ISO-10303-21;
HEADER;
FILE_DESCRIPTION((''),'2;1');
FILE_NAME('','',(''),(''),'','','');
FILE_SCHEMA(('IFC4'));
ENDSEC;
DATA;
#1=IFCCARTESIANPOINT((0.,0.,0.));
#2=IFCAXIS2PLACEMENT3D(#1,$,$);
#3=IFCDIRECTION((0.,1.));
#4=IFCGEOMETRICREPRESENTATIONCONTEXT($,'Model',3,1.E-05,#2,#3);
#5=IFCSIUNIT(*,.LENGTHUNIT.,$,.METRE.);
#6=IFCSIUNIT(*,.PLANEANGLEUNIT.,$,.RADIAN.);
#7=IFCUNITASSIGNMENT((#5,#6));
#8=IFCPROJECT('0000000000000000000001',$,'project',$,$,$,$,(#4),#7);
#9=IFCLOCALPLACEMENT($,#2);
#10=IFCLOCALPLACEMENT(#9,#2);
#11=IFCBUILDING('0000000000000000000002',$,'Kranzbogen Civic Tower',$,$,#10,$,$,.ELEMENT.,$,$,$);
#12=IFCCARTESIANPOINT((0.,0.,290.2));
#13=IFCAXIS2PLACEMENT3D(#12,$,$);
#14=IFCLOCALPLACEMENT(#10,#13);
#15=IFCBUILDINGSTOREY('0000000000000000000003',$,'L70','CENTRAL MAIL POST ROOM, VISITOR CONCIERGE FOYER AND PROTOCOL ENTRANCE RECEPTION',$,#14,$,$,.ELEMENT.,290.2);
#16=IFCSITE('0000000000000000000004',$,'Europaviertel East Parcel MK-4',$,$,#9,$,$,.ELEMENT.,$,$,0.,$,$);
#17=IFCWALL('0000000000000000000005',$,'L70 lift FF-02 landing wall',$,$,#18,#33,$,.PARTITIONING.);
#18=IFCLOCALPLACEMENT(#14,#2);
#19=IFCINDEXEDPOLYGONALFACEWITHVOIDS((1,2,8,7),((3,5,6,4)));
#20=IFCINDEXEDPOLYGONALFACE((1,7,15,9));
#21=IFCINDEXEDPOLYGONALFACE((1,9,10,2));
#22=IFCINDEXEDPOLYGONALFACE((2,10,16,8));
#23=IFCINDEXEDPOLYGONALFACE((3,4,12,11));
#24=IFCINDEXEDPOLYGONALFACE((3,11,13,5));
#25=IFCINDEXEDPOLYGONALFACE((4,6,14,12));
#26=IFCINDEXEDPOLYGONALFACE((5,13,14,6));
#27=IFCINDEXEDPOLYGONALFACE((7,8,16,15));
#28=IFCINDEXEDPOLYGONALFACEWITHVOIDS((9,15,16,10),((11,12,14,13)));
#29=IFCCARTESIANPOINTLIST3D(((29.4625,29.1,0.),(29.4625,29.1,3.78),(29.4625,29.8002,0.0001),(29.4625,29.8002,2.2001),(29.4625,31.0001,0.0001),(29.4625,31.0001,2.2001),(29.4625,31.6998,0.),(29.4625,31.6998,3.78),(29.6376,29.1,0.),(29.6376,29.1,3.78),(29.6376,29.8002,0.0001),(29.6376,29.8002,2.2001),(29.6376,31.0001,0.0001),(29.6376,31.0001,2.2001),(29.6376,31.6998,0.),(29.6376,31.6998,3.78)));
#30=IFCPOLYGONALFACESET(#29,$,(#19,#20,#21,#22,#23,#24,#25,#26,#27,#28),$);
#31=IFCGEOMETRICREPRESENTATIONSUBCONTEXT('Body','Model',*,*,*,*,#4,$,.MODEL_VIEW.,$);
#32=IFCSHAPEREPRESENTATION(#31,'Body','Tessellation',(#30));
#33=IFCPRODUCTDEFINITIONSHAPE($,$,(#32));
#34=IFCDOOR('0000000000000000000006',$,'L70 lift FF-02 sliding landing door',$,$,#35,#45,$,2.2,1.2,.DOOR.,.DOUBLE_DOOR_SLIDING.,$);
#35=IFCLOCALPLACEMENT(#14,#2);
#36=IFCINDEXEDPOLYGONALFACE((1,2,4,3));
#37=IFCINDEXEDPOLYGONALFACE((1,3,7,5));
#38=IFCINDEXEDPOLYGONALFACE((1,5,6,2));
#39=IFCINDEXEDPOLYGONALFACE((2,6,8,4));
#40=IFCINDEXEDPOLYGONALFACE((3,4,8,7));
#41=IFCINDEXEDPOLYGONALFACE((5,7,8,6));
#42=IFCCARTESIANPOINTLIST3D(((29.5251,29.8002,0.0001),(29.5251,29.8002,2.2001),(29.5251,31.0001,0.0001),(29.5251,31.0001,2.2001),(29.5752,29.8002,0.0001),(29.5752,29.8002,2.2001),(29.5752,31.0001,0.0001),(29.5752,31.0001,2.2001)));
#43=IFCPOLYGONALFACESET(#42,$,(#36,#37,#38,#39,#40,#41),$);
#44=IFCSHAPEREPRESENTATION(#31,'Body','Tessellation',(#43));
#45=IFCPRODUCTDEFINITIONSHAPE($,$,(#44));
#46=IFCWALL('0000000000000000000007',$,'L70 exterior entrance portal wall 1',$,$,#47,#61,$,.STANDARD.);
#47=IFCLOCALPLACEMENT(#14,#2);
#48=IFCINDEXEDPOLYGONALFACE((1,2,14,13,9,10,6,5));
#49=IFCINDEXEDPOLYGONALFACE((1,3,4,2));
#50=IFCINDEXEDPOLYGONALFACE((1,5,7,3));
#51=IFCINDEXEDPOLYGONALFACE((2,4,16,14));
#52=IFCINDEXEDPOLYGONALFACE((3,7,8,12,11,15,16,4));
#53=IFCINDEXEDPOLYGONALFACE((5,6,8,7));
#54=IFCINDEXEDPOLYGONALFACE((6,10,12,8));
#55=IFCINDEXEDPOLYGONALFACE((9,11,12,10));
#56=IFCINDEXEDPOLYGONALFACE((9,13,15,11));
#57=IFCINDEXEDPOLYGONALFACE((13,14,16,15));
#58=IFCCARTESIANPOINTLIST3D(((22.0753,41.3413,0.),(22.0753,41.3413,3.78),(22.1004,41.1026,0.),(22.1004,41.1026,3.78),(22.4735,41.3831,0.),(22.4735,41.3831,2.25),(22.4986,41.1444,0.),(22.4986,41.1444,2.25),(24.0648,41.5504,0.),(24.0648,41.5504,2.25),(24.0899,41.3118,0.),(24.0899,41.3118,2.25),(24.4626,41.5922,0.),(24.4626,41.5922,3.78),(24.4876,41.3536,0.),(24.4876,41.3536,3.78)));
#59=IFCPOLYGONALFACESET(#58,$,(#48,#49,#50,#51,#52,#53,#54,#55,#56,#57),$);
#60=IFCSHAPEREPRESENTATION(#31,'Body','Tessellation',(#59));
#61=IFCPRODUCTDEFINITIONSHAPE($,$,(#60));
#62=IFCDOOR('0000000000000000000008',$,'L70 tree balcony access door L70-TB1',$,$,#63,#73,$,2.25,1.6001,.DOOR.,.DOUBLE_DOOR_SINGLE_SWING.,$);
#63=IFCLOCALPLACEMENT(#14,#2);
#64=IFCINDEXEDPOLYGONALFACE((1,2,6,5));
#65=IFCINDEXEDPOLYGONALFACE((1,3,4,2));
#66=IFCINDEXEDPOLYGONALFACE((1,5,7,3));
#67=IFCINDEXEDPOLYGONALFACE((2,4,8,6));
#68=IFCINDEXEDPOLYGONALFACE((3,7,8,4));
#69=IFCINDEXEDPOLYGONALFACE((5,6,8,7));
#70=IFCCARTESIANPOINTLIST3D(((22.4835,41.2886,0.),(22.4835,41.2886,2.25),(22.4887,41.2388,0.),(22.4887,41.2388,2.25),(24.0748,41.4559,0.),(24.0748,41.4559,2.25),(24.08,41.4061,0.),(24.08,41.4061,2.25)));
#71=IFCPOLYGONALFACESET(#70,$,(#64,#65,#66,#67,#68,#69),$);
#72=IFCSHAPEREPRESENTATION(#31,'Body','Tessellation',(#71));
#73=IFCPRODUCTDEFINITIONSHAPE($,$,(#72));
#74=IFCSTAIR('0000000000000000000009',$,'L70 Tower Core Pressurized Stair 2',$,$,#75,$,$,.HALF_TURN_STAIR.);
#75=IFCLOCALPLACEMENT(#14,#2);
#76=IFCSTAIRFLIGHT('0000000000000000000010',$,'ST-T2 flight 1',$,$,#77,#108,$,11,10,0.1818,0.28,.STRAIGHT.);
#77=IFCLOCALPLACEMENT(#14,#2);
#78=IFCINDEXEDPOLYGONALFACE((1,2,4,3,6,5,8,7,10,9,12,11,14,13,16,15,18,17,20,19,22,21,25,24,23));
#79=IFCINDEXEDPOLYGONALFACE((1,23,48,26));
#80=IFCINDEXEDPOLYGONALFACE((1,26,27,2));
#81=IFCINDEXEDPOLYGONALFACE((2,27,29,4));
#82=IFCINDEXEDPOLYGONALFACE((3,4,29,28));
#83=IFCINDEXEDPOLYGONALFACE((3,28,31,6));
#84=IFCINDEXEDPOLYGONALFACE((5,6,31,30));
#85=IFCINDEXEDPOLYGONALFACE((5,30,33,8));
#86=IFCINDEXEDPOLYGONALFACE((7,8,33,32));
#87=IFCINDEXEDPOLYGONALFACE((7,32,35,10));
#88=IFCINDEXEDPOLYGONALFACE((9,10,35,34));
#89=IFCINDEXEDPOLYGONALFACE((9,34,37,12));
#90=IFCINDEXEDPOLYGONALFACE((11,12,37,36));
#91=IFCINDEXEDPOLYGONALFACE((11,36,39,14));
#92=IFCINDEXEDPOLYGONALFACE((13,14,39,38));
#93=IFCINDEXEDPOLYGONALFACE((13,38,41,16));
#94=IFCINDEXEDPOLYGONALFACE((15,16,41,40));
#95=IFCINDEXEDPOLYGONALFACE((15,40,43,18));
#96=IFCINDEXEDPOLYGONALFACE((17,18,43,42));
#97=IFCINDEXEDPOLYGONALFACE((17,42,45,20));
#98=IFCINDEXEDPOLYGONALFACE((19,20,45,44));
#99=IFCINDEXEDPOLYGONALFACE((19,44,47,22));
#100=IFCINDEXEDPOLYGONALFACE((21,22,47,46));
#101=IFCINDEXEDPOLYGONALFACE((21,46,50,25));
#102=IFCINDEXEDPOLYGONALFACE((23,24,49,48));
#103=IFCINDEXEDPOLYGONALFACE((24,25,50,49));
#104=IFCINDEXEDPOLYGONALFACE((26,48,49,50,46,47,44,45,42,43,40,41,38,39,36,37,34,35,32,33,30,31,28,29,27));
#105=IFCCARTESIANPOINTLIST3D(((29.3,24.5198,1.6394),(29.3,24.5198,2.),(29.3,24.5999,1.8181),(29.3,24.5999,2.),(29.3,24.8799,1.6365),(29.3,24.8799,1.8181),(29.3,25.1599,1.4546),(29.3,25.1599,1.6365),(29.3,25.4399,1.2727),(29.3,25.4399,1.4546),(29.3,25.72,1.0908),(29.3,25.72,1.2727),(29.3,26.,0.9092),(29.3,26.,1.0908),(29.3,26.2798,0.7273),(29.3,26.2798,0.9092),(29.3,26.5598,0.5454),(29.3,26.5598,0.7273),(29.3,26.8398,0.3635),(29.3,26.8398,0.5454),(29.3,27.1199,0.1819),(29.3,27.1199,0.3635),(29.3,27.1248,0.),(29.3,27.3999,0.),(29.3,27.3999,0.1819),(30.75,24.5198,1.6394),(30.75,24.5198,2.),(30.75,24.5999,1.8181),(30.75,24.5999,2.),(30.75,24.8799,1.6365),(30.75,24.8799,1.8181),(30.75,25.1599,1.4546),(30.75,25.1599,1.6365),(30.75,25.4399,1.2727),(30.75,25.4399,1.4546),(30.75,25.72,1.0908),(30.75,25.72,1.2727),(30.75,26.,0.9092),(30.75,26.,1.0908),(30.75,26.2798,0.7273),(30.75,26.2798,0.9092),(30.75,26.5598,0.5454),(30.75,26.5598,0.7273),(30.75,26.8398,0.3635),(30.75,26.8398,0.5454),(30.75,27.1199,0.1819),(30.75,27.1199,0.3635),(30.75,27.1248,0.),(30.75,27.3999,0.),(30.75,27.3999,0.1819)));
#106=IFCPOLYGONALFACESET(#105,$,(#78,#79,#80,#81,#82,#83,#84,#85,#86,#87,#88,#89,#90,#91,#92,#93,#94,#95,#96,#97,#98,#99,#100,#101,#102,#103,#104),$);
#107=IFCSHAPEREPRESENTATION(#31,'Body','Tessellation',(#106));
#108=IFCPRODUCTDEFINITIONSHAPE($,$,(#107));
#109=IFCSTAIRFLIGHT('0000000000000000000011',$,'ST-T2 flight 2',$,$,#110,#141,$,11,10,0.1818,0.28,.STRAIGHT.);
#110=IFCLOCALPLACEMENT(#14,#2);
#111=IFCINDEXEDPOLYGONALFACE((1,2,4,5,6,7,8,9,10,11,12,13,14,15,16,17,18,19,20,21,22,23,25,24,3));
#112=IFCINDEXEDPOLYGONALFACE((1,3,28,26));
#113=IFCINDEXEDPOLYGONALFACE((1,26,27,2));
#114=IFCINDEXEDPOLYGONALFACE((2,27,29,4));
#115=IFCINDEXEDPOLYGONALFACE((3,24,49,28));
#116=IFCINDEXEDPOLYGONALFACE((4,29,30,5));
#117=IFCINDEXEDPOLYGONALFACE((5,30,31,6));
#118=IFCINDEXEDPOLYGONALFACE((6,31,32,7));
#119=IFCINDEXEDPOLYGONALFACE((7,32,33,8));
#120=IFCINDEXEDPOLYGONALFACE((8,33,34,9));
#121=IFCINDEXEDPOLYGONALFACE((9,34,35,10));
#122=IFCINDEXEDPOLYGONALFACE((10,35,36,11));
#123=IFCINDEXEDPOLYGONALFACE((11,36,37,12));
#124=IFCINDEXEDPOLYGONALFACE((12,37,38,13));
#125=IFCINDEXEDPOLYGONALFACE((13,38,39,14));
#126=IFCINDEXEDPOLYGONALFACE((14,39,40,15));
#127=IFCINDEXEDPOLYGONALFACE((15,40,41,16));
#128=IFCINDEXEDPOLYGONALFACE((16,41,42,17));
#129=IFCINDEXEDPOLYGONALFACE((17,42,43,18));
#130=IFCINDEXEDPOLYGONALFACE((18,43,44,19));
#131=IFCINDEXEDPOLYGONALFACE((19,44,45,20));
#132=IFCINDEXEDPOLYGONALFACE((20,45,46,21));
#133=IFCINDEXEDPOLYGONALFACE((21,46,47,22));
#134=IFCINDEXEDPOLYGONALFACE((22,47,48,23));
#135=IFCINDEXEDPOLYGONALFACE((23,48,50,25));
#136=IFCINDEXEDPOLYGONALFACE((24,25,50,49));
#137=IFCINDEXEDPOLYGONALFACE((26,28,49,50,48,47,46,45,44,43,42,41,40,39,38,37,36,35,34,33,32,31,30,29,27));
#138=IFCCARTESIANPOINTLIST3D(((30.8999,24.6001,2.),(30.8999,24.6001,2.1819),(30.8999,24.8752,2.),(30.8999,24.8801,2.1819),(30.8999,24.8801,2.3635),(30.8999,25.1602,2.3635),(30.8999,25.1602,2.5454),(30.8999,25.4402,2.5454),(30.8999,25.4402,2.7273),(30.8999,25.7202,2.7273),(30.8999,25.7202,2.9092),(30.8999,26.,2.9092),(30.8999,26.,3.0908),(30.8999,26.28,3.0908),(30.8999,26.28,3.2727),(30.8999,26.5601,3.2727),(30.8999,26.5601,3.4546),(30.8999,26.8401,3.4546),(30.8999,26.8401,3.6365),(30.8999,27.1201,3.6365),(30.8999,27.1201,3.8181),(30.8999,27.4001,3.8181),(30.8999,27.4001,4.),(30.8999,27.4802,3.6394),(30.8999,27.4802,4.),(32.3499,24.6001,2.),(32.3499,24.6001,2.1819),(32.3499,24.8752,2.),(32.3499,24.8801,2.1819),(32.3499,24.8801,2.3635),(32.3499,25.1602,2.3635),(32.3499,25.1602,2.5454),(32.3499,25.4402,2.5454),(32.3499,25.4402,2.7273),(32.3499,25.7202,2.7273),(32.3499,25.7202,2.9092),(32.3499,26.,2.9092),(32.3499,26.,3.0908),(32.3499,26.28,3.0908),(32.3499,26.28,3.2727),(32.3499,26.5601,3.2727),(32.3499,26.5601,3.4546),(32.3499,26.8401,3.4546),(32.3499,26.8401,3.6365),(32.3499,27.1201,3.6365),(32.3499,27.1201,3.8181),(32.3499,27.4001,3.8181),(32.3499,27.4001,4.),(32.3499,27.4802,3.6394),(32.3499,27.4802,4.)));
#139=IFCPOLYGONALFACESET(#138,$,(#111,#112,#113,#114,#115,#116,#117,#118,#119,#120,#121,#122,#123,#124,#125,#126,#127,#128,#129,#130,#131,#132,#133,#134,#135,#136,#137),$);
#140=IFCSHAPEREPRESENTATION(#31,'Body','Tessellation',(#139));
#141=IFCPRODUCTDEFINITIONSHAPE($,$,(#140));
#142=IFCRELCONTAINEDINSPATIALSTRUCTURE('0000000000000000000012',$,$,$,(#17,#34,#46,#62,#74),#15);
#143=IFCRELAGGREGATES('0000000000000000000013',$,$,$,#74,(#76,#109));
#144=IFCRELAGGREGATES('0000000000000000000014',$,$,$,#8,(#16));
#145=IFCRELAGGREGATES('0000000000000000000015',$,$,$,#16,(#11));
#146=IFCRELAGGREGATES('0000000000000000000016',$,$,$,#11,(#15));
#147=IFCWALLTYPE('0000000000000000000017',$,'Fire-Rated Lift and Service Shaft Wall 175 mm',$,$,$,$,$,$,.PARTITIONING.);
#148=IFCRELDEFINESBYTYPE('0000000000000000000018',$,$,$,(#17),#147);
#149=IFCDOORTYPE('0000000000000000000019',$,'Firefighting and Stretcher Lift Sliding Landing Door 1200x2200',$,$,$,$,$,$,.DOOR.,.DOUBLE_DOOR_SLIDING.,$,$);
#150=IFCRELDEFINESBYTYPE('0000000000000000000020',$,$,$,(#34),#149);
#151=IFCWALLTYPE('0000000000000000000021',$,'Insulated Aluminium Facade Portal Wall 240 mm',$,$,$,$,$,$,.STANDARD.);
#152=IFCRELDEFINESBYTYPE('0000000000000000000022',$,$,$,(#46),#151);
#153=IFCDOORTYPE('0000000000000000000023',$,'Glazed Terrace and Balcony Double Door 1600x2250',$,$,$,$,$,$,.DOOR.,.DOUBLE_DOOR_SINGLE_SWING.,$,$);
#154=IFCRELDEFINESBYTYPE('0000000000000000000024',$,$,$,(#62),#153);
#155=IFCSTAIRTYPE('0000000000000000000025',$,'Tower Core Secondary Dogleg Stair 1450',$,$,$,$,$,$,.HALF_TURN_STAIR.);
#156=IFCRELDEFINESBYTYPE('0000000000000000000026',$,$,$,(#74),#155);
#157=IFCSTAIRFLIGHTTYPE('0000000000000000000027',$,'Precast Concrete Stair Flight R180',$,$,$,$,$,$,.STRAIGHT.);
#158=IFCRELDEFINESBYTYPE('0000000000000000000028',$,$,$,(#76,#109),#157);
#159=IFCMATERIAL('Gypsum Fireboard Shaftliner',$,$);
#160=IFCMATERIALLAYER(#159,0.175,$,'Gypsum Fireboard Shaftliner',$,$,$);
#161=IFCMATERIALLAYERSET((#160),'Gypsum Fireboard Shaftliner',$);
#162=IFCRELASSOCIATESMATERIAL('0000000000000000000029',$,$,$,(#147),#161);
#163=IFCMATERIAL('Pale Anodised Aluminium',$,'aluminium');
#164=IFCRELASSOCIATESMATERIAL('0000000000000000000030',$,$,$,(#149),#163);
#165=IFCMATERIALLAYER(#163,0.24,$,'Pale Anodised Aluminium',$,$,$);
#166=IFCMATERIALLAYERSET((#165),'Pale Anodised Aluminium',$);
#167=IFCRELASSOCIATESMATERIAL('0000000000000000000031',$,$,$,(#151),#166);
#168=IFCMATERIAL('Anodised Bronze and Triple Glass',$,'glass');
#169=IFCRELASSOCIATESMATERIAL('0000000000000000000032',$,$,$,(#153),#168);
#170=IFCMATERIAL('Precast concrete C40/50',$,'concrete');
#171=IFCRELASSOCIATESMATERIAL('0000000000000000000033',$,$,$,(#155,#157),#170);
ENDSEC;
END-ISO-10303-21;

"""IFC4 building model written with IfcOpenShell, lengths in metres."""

from ifc_helpers import new_model, si_unit, direction, frame, frame_2d, origin, place, context, subcontext, project, spatial, polyline, rectangle, outline, extrude, material, layer, layer_set, type_object, element, fill, aggregate, save


model = new_model("IFC4")

# Units and contexts
model_context = context("Model", 3, precision=1e-05, world=origin(), true_north=direction((0.0, 1.0)))
body_context = subcontext(model_context, "Body", "Model", "MODEL_VIEW")
ifc_project = project(units=[si_unit("LENGTHUNIT", "METRE"), si_unit("PLANEANGLEUNIT", "RADIAN")], contexts=[model_context])

# Site, building, storey
site_placement = place(None, origin())
site = spatial("IfcSite", under=ifc_project, at=site_placement, Name="Europaviertel East Parcel MK-4", CompositionType="ELEMENT", RefElevation=0.0)
building_placement = place(site_placement, origin())
building = spatial("IfcBuilding", under=site, at=building_placement, Name="Kranzbogen Civic Tower", CompositionType="ELEMENT")
storey_placement = place(building_placement, frame((0.0, 0.0, 290.2)))
storey = spatial("IfcBuildingStorey", under=building, at=storey_placement, Name="L70", Description="CENTRAL MAIL POST ROOM, VISITOR CONCIERGE FOYER AND PROTOCOL ENTRANCE RECEPTION", CompositionType="ELEMENT", Elevation=290.2)

# Shared definitions
ifc_material_1 = material(Name="Pale Anodised Aluminium", Category="aluminium")

# Shared definitions
ifc_material_2 = material(Name="Gypsum Fireboard Shaftliner")
ifc_layer_1 = layer(ifc_material_2, 0.175, Name="Gypsum Fireboard Shaftliner")
ifc_layer_set_1 = layer_set([ifc_layer_1], Name="Gypsum Fireboard Shaftliner")
wall_type_1 = type_object("IfcWallType", Name="Fire-Rated Lift and Service Shaft Wall 175 mm", PredefinedType="PARTITIONING", material=ifc_layer_set_1)

# Walls, openings, doors
wall_1_placement = place(storey_placement, frame((29.55, 29.1001, 0.0), z_axis=(0.0, 0.0, 1.0), x_axis=(0.0, 1.0, 0.0)))
wall_1 = element("IfcWall", 1, at=wall_1_placement, inside=storey, type_object=wall_type_1, Name="L70 lift FF-02 landing wall", PredefinedType="PARTITIONING", context=body_context, shape_type="SweptSolid", body=[
    extrude(rectangle(XDim=2.5999, YDim=0.175, at=frame_2d((1.2998, 0.0))), origin(), (0.0, 0.0, 1.0), 3.78),
])
opening_1_placement = place(wall_1_placement, frame((0.7, 0.0, 0.0)))
opening_1 = element("IfcOpeningElement", 2, at=opening_1_placement, cuts=wall_1, PredefinedType="OPENING", context=body_context, shape_type="SweptSolid", body=[
    extrude(rectangle(XDim=1.2, YDim=2.2, at=frame_2d((0.6001, 1.1001))), frame((0.0, 0.0977, 0.0), z_axis=(0.0, -1.0, 0.0), x_axis=(1.0, 0.0, 0.0)), (0.0, 0.0, 1.0), 0.1951),
])
door_type_1 = type_object("IfcDoorType", Name="Firefighting and Stretcher Lift Sliding Landing Door 1200x2200", OperationType="DOUBLE_DOOR_SLIDING", PredefinedType="DOOR", material=ifc_material_1)
door_1_placement = place(opening_1_placement, origin())
door_1 = element("IfcDoor", 3, at=door_1_placement, inside=storey, type_object=door_type_1, Name="L70 lift FF-02 sliding landing door", OperationType="DOUBLE_DOOR_SLIDING", OverallHeight=2.2, OverallWidth=1.2, PredefinedType="DOOR", context=body_context, shape_type="SweptSolid", body=[
    extrude(rectangle(XDim=1.2, YDim=2.2, at=frame_2d((0.6001, 1.1001))), frame((0.0, 0.0249, 0.0), z_axis=(0.0, -1.0, 0.0), x_axis=(1.0, 0.0, 0.0)), (0.0, 0.0, 1.0), 0.05),
])
fill(opening_1, door_1)
ifc_layer_2 = layer(ifc_material_1, 0.24, Name="Pale Anodised Aluminium")
ifc_layer_set_2 = layer_set([ifc_layer_2], Name="Pale Anodised Aluminium")
wall_type_2 = type_object("IfcWallType", Name="Insulated Aluminium Facade Portal Wall 240 mm", PredefinedType="STANDARD", material=ifc_layer_set_2)
wall_2_placement = place(storey_placement, frame((24.4751, 41.4729, 0.0), z_axis=(0.0, 0.0, 1.0), x_axis=(-0.994519, -0.104558, 0.0)))
wall_2 = element("IfcWall", 4, at=wall_2_placement, inside=storey, type_object=wall_type_2, Name="L70 exterior entrance portal wall 1", PredefinedType="STANDARD", context=body_context, shape_type="SweptSolid", body=[
    extrude(rectangle(XDim=2.4004, YDim=0.24, at=frame_2d((1.2002, 0.0))), origin(), (0.0, 0.0, 1.0), 3.78),
])
opening_2_placement = place(wall_2_placement, frame((0.3999, 0.0, 0.0)))
opening_2 = element("IfcOpeningElement", 5, at=opening_2_placement, cuts=wall_2, PredefinedType="OPENING", context=body_context, shape_type="SweptSolid", body=[
    extrude(rectangle(XDim=1.6001, YDim=2.25, at=frame_2d((0.8, 1.125))), frame((0.0, 0.1299, 0.0), z_axis=(0.0, -1.0, 0.0), x_axis=(1.0, 0.0, 0.0)), (0.0, 0.0, 1.0), 0.26),
])
ifc_material_3 = material(Name="Anodised Bronze and Triple Glass", Category="glass")
door_type_2 = type_object("IfcDoorType", Name="Glazed Terrace and Balcony Double Door 1600x2250", OperationType="DOUBLE_DOOR_SINGLE_SWING", PredefinedType="DOOR", material=ifc_material_3)
door_2_placement = place(opening_2_placement, frame((1.6001, 0.0, 0.0), z_axis=(0.0, 0.0, 1.0), x_axis=(-1.0, 0.0, 0.0)))
door_2 = element("IfcDoor", 6, at=door_2_placement, inside=storey, type_object=door_type_2, Name="L70 tree balcony access door L70-TB1", OperationType="DOUBLE_DOOR_SINGLE_SWING", OverallHeight=2.25, OverallWidth=1.6001, PredefinedType="DOOR", context=body_context, shape_type="SweptSolid", body=[
    extrude(rectangle(XDim=1.6001, YDim=2.25, at=frame_2d((0.8, 1.125))), frame((0.0, 0.0249, 0.0), z_axis=(0.0, -1.0, 0.0), x_axis=(1.0, 0.0, 0.0)), (0.0, 0.0, 1.0), 0.05),
])
fill(opening_2, door_2)

# Stair, stair flights
ifc_material_4 = material(Name="Precast concrete C40/50", Category="concrete")
stair_type = type_object("IfcStairType", Name="Tower Core Secondary Dogleg Stair 1450", PredefinedType="HALF_TURN_STAIR", material=ifc_material_4)
stair_placement = place(storey_placement, origin())
stair = element("IfcStair", 7, at=stair_placement, inside=storey, type_object=stair_type, Name="L70 Tower Core Pressurized Stair 2", PredefinedType="HALF_TURN_STAIR")
stair_flight_type = type_object("IfcStairFlightType", Name="Precast Concrete Stair Flight R180", PredefinedType="STRAIGHT", material=ifc_material_4)
stair_flight_1_placement = place(storey_placement, frame((30.0249, 27.3999, 0.0), z_axis=(0.0, 0.0, 1.0), x_axis=(0.0, -1.0, 0.0)))
stair_flight_1 = element("IfcStairFlight", 8, at=stair_flight_1_placement, type_object=stair_flight_type, Name="ST-T2 flight 1", NumberOfRisers=11, NumberOfTreads=10, PredefinedType="STRAIGHT", RiserHeight=0.1818, TreadLength=0.28, context=body_context, shape_type="SweptSolid", body=[
    extrude(outline(polyline([(0.0, 0.0), (0.0, 0.1819), (0.28, 0.1819), (0.28, 0.3635), (0.5601, 0.3635), (0.5601, 0.5454), (0.8401, 0.5454), (0.8401, 0.7273), (1.1201, 0.7273), (1.1201, 0.9092), (1.3999, 0.9092), (1.3999, 1.0908), (1.6799, 1.0908), (1.6799, 1.2727), (1.96, 1.2727), (1.96, 1.4546), (2.24, 1.4546), (2.24, 1.6365), (2.52, 1.6365), (2.52, 1.8181), (2.8, 1.8181), (2.8, 2.0), (2.8801, 2.0), (2.8801, 1.6394), (0.2751, 0.0), (0.0, 0.0)])), frame((0.0, 0.7251, 0.0), z_axis=(0.0, -1.0, 0.0), x_axis=(1.0, 0.0, 0.0)), (0.0, 0.0, 1.0), 1.45),
])
stair_flight_2_placement = place(storey_placement, frame((31.625, 24.6001, 2.0), z_axis=(0.0, 0.0, 1.0), x_axis=(0.0, 1.0, 0.0)))
stair_flight_2 = element("IfcStairFlight", 9, at=stair_flight_2_placement, type_object=stair_flight_type, Name="ST-T2 flight 2", NumberOfRisers=11, NumberOfTreads=10, PredefinedType="STRAIGHT", RiserHeight=0.1818, TreadLength=0.28, context=body_context, shape_type="SweptSolid", body=[
    extrude(outline(polyline([(0.0, 0.0), (0.0, 0.1819), (0.28, 0.1819), (0.28, 0.3635), (0.5601, 0.3635), (0.5601, 0.5454), (0.8401, 0.5454), (0.8401, 0.7273), (1.1201, 0.7273), (1.1201, 0.9092), (1.3999, 0.9092), (1.3999, 1.0908), (1.6799, 1.0908), (1.6799, 1.2727), (1.96, 1.2727), (1.96, 1.4546), (2.24, 1.4546), (2.24, 1.6365), (2.52, 1.6365), (2.52, 1.8181), (2.8, 1.8181), (2.8, 2.0), (2.8801, 2.0), (2.8801, 1.6394), (0.2751, 0.0), (0.0, 0.0)])), frame((0.0, 0.7251, 0.0), z_axis=(0.0, -1.0, 0.0), x_axis=(1.0, 0.0, 0.0)), (0.0, 0.0, 1.0), 1.45),
])
aggregate(stair, [stair_flight_1, stair_flight_2])

save(model, "model.ifc")
